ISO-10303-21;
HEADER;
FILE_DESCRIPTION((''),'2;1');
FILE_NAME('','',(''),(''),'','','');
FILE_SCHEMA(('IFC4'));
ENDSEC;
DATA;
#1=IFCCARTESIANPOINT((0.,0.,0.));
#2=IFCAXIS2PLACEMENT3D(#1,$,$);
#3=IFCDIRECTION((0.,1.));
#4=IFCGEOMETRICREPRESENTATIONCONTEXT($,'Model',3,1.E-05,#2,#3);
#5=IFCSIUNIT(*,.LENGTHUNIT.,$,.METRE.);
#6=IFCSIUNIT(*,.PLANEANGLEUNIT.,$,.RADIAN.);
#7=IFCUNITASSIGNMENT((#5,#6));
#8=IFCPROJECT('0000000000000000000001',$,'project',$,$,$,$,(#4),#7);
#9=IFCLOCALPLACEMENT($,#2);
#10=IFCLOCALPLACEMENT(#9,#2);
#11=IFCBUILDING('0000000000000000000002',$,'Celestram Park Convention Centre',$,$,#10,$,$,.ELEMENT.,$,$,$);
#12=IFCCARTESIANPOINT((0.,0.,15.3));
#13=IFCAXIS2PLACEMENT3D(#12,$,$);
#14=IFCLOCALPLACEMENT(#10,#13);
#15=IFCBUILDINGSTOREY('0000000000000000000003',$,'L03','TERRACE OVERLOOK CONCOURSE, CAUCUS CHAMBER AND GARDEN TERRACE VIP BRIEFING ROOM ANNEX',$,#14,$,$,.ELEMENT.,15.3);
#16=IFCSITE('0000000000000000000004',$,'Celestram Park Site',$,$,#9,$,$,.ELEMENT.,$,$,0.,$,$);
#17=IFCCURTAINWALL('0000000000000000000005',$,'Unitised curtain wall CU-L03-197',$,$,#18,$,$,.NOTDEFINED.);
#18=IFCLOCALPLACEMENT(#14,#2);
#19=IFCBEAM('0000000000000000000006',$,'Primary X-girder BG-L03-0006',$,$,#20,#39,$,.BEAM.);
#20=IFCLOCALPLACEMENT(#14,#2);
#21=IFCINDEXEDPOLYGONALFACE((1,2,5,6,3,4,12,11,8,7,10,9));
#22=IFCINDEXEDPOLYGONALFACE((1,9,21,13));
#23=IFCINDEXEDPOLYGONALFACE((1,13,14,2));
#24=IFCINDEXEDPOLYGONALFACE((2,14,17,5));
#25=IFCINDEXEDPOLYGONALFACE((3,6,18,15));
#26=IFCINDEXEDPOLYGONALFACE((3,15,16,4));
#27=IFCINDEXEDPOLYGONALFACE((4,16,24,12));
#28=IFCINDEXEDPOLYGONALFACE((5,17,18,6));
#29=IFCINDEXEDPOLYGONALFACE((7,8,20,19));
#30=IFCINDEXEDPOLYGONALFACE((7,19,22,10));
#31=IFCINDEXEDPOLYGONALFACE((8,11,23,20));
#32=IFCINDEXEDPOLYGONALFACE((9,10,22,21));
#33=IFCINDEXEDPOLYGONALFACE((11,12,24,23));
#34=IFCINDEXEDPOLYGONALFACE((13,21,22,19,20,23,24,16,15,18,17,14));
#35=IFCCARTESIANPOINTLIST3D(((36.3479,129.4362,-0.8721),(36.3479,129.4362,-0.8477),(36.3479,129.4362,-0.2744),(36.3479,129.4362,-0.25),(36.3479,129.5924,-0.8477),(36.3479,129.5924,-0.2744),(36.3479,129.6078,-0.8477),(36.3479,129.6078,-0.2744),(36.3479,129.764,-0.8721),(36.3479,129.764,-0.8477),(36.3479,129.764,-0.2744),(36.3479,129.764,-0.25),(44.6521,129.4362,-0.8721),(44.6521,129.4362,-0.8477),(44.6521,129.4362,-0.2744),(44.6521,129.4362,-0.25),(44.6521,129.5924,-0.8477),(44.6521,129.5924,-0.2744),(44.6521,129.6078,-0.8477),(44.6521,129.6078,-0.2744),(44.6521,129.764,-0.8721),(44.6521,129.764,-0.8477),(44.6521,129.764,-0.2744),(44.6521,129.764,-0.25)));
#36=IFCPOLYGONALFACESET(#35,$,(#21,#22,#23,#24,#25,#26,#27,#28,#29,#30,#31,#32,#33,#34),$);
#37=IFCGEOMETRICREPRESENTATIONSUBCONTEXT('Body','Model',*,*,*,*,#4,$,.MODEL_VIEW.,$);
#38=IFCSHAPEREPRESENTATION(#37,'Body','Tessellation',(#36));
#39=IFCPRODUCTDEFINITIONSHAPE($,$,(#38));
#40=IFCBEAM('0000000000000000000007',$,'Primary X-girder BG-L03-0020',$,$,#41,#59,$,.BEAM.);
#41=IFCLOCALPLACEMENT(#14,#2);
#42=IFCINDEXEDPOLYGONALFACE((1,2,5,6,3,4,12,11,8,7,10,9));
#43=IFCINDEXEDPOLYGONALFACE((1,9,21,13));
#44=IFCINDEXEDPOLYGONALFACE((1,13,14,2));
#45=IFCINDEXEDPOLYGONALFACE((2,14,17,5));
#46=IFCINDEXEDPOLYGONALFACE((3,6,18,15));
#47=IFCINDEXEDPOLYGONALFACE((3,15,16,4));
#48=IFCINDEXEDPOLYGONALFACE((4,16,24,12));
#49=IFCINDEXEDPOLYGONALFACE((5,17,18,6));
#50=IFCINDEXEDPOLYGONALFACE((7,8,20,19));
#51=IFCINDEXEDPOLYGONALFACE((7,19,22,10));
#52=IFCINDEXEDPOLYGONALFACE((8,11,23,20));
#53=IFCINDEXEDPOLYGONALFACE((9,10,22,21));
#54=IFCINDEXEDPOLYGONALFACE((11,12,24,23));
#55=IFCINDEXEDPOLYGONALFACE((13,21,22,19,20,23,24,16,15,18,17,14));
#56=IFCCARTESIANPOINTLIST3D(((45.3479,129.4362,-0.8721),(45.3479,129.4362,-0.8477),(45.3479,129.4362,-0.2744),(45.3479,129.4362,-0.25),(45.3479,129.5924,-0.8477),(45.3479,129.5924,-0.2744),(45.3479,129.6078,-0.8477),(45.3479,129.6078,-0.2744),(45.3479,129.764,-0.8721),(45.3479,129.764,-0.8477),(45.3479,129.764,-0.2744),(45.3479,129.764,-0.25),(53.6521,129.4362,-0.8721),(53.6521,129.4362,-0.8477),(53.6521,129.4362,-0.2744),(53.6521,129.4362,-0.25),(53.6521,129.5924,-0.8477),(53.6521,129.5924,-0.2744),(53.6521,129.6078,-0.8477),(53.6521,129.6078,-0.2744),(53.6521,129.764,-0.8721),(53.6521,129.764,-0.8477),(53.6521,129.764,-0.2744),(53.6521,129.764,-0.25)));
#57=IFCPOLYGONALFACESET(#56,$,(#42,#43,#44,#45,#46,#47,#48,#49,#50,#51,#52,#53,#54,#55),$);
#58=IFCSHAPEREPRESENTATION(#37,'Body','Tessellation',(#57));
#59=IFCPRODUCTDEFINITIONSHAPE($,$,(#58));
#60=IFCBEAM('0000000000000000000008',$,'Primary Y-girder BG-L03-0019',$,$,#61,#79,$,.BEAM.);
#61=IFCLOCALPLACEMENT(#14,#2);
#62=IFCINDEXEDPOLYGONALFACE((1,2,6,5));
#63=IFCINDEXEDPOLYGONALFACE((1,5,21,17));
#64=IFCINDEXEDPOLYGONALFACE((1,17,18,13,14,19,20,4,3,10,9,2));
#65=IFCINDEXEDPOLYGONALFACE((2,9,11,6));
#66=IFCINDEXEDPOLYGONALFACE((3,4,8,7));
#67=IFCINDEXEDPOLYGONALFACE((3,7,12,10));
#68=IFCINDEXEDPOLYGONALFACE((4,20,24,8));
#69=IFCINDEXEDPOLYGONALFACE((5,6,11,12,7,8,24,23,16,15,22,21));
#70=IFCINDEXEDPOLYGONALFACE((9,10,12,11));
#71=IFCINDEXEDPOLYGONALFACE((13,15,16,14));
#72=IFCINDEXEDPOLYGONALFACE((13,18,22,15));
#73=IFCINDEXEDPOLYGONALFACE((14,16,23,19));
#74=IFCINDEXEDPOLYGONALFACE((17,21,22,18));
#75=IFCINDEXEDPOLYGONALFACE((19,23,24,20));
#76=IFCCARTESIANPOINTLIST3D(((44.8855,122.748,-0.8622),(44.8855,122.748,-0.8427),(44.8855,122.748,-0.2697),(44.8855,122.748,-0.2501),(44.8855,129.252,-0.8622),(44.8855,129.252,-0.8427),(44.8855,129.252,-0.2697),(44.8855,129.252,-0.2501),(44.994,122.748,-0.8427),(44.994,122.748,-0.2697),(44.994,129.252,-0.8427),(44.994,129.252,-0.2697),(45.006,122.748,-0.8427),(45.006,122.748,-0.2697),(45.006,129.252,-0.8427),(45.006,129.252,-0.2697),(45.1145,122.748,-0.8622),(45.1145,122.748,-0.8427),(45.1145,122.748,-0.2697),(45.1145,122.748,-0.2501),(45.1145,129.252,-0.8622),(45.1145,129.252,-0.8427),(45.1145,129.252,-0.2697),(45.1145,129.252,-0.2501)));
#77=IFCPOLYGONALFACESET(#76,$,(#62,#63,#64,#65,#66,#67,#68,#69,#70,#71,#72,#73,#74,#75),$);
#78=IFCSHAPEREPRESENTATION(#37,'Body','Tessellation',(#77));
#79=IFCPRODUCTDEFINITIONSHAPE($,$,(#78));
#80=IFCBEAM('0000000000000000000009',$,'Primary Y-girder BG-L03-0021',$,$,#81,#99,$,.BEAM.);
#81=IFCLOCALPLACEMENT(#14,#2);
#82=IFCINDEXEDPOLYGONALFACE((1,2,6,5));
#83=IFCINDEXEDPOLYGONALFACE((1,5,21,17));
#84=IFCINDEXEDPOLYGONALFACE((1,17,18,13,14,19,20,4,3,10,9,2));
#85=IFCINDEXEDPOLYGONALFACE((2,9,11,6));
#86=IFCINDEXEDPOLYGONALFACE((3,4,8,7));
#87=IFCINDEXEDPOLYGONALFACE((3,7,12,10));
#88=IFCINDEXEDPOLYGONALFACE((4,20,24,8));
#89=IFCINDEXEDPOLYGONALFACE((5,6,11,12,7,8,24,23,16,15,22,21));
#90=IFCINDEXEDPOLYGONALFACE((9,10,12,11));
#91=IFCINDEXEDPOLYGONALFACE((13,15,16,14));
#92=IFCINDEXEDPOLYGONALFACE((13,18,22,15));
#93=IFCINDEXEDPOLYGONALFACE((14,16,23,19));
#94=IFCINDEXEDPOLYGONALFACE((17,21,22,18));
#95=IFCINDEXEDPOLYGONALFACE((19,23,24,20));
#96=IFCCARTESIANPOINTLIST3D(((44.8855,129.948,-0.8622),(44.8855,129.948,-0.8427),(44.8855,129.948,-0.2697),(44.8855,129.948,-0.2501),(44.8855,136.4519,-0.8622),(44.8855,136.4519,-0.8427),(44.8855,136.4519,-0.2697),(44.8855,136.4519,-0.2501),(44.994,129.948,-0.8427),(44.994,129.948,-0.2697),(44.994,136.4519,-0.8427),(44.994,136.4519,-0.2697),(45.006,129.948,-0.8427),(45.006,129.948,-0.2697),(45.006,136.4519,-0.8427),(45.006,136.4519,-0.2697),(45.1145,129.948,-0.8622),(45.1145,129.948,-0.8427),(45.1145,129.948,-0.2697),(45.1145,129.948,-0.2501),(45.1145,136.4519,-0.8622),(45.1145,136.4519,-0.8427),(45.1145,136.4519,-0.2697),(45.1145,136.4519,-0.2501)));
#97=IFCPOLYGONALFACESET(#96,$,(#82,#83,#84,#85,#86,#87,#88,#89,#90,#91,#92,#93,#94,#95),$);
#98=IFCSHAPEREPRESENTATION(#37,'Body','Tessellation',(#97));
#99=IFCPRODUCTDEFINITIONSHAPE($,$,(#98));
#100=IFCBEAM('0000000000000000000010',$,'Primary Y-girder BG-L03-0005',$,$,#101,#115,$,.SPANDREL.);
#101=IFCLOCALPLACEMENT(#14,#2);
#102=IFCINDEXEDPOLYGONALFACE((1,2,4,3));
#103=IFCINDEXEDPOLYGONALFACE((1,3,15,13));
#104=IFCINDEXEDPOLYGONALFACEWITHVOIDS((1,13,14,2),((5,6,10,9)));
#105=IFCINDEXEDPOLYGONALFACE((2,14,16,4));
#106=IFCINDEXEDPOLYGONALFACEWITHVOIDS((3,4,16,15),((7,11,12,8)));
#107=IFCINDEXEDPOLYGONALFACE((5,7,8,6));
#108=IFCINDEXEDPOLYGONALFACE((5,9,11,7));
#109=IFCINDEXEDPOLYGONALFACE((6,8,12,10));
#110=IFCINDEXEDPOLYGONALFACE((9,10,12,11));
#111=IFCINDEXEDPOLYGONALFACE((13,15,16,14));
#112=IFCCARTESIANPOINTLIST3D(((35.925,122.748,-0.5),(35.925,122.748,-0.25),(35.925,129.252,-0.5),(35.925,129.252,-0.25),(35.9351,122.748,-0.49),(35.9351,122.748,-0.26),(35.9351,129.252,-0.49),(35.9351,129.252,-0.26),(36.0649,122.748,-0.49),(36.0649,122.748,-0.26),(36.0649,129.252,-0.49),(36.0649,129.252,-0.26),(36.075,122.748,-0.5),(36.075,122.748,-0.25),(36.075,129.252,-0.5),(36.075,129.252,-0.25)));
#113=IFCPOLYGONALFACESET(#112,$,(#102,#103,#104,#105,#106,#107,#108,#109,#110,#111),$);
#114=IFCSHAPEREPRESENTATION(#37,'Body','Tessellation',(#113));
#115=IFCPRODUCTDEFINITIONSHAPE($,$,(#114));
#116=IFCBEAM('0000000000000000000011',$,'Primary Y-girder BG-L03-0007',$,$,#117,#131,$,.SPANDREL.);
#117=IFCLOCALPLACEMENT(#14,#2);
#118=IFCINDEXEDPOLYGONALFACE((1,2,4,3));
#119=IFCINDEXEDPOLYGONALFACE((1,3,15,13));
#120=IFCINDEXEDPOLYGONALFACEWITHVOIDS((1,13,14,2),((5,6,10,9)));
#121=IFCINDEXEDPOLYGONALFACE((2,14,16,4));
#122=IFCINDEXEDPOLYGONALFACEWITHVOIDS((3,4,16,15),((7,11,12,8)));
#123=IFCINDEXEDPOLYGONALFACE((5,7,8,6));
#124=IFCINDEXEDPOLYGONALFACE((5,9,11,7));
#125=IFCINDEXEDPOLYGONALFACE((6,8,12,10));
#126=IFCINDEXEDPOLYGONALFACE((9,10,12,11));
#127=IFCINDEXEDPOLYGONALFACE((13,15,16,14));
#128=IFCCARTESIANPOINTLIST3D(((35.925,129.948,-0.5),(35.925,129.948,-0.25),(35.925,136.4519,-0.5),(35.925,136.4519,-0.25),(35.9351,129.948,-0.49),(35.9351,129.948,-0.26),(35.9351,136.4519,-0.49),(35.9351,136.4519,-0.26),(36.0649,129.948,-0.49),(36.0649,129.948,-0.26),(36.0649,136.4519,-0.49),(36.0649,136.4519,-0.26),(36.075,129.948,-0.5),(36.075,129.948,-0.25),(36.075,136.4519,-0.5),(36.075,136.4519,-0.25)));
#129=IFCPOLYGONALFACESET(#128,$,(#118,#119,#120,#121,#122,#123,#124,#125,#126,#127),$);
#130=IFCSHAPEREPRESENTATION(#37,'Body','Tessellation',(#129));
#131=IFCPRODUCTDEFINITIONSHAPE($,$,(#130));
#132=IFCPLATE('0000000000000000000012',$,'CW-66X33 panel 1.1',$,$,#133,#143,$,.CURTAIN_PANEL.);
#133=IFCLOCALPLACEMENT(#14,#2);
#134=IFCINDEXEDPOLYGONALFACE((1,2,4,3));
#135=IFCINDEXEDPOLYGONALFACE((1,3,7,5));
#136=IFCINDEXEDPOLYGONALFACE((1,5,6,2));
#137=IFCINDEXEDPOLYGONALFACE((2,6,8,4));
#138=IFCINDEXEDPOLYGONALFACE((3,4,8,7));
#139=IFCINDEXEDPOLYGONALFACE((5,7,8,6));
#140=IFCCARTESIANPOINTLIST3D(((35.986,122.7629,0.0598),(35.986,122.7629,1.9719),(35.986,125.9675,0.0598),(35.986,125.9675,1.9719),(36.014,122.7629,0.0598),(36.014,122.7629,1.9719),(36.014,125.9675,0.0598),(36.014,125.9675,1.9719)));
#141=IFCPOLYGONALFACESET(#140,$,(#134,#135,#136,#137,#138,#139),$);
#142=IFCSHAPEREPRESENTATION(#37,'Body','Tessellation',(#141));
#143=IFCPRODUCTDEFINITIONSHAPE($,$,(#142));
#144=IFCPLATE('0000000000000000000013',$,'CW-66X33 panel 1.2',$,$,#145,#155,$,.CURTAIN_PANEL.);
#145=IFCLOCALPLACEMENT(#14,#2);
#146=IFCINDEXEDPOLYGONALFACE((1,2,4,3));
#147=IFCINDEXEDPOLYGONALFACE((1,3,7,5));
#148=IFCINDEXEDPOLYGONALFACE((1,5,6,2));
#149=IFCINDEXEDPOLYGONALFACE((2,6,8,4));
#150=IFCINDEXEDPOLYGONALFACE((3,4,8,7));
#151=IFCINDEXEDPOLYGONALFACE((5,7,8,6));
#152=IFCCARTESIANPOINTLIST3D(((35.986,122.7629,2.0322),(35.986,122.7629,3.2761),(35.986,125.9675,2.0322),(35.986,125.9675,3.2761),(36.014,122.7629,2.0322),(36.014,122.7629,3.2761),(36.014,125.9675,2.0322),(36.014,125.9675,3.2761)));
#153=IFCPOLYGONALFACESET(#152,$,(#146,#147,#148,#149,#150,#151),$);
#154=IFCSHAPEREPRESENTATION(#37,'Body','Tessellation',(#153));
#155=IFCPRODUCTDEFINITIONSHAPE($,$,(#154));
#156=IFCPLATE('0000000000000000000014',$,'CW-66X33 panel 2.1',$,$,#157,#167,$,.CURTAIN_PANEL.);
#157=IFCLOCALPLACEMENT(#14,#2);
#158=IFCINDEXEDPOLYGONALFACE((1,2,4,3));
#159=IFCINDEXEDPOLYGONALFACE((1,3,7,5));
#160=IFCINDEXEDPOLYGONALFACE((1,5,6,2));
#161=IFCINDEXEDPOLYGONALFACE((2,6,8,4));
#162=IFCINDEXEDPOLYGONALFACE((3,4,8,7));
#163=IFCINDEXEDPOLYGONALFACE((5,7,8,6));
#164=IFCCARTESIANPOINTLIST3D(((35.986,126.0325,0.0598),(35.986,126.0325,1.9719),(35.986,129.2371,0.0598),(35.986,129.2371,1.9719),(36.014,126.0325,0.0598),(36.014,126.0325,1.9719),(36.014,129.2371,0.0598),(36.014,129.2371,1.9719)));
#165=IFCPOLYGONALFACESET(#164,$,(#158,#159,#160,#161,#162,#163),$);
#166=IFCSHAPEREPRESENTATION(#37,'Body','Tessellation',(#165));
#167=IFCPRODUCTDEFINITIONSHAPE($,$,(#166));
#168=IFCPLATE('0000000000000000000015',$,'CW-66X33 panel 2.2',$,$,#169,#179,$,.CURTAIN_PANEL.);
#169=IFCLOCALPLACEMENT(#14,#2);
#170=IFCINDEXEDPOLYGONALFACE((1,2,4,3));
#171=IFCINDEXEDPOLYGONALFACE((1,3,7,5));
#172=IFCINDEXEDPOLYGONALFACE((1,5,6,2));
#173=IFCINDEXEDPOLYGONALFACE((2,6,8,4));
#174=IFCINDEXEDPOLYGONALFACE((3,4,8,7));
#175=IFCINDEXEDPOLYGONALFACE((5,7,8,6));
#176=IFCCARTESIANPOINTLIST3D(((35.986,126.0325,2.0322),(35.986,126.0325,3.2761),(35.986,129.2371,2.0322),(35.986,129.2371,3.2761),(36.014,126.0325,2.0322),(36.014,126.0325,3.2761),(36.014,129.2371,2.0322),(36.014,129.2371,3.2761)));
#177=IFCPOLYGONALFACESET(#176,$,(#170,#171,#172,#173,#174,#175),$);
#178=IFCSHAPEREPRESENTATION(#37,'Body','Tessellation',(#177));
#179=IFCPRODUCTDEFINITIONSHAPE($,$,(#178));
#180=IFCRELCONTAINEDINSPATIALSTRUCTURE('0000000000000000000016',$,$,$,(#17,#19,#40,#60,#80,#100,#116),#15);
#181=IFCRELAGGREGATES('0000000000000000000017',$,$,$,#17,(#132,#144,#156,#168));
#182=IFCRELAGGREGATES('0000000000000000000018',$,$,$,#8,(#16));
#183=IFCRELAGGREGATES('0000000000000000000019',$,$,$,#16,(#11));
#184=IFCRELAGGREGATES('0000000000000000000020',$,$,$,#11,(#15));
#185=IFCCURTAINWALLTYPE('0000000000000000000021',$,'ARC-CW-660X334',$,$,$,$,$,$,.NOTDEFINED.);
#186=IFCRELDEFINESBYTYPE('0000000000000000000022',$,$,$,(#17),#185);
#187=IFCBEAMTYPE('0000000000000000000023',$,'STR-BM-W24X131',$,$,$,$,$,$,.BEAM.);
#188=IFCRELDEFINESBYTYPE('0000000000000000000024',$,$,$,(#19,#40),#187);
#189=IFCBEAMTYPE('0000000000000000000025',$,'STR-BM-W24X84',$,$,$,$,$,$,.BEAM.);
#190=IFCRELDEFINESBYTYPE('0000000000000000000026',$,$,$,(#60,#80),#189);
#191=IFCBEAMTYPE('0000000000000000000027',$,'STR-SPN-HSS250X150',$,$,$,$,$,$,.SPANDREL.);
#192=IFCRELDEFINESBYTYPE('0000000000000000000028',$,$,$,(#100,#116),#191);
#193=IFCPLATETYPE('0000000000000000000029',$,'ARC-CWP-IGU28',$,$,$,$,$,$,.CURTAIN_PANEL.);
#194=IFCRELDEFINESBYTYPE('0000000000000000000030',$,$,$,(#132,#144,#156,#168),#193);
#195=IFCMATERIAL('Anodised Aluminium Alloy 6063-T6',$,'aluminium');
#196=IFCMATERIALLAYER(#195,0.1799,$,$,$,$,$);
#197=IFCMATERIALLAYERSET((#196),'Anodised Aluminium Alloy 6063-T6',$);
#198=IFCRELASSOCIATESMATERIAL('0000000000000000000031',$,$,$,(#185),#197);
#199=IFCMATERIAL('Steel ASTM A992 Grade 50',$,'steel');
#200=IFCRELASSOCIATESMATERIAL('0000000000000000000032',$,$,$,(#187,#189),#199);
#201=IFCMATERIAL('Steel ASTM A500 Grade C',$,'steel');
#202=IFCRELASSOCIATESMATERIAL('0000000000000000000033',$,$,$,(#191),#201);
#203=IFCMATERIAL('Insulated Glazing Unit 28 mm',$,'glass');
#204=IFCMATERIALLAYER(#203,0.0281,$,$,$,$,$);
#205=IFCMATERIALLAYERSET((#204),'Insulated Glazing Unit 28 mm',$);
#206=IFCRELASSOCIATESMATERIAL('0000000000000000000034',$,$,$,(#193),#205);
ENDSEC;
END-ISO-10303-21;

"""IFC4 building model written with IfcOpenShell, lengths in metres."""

from ifc_helpers import new_model, si_unit, direction, frame, origin, origin_2d, place, context, subcontext, project, spatial, rectangle, hollow_rectangle, i_section, extrude, material, layer, layer_set, material_profile, profile_set, type_object, element, aggregate, save


model = new_model("IFC4")

# Units and contexts
model_context = context("Model", 3, precision=1e-05, world=origin(), true_north=direction((0.0, 1.0)))
body_context = subcontext(model_context, "Body", "Model", "MODEL_VIEW")
ifc_project = project(units=[si_unit("LENGTHUNIT", "METRE"), si_unit("PLANEANGLEUNIT", "RADIAN")], contexts=[model_context])

# Site, building, storey
site_placement = place(None, origin())
site = spatial("IfcSite", under=ifc_project, at=site_placement, Name="Celestram Park Site", CompositionType="ELEMENT", RefElevation=0.0)
building_placement = place(site_placement, origin())
building = spatial("IfcBuilding", under=site, at=building_placement, Name="Celestram Park Convention Centre", CompositionType="ELEMENT")
storey_placement = place(building_placement, frame((0.0, 0.0, 15.3)))
storey = spatial("IfcBuildingStorey", under=building, at=storey_placement, Name="L03", Description="TERRACE OVERLOOK CONCOURSE, CAUCUS CHAMBER AND GARDEN TERRACE VIP BRIEFING ROOM ANNEX", CompositionType="ELEMENT", Elevation=15.3)

# Curtain wall
ifc_material_1 = material(Name="Anodised Aluminium Alloy 6063-T6", Category="aluminium")
ifc_layer_1 = layer(ifc_material_1, 0.1799)
ifc_layer_set_1 = layer_set([ifc_layer_1], Name="Anodised Aluminium Alloy 6063-T6")
curtain_wall_type = type_object("IfcCurtainWallType", Name="ARC-CW-660X334", PredefinedType="NOTDEFINED", material=ifc_layer_set_1)
curtain_wall_1_placement = place(storey_placement, origin())
curtain_wall_1 = element("IfcCurtainWall", 1, at=curtain_wall_1_placement, inside=storey, type_object=curtain_wall_type, Name="Unitised curtain wall CU-L03-197", PredefinedType="NOTDEFINED")

# Beams
ifc_material_2 = material(Name="Steel ASTM A992 Grade 50", Category="steel")
ifc_material_profile_1 = material_profile(ifc_material_2, i_section(OverallWidth=0.3279, OverallDepth=0.6221, WebThickness=0.0154, FlangeThickness=0.0244, at=origin_2d()), Name="W24X131")
ifc_profile_set_1 = profile_set([ifc_material_profile_1], Name="Steel ASTM A992 Grade 50")
beam_type_1 = type_object("IfcBeamType", Name="STR-BM-W24X131", PredefinedType="BEAM", material=ifc_profile_set_1)
for number, where, z_axis, x_axis, name in (
    (2, (36.3479, 129.6001, -0.561), (1.0, 0.0, 0.0), (0.0, 1.0, 0.0), "Primary X-girder BG-L03-0006"),
    (3, (45.3479, 129.6001, -0.561), (1.0, 0.0, 0.0), (0.0, 1.0, 0.0), "Primary X-girder BG-L03-0020"),
):
    element("IfcBeam", number, at=place(storey_placement, frame(where, z_axis=z_axis, x_axis=x_axis)), inside=storey, type_object=beam_type_1, Name=name, PredefinedType="BEAM", context=body_context, shape_type="SweptSolid", body=[
        extrude(i_section(OverallWidth=0.3279, OverallDepth=0.6221, WebThickness=0.0154, FlangeThickness=0.0244, at=origin_2d()), origin(), (0.0, 0.0, 1.0), 8.3042),
    ])
ifc_material_profile_2 = material_profile(ifc_material_2, i_section(OverallWidth=0.229, OverallDepth=0.6121, WebThickness=0.012, FlangeThickness=0.0195, at=origin_2d()), Name="W24X84")
ifc_profile_set_2 = profile_set([ifc_material_profile_2], Name="Steel ASTM A992 Grade 50")
beam_type_2 = type_object("IfcBeamType", Name="STR-BM-W24X84", PredefinedType="BEAM", material=ifc_profile_set_2)
for number, where, z_axis, x_axis, name in (
    (4, (45.0, 122.748, -0.5562), (0.0, 1.0, 0.0), (-1.0, 0.0, 0.0), "Primary Y-girder BG-L03-0019"),
    (5, (45.0, 129.948, -0.5562), (0.0, 1.0, 0.0), (-1.0, 0.0, 0.0), "Primary Y-girder BG-L03-0021"),
):
    element("IfcBeam", number, at=place(storey_placement, frame(where, z_axis=z_axis, x_axis=x_axis)), inside=storey, type_object=beam_type_2, Name=name, PredefinedType="BEAM", context=body_context, shape_type="SweptSolid", body=[
        extrude(i_section(OverallWidth=0.229, OverallDepth=0.6121, WebThickness=0.012, FlangeThickness=0.0195, at=origin_2d()), origin(), (0.0, 0.0, 1.0), 6.5039),
    ])
ifc_material_3 = material(Name="Steel ASTM A500 Grade C", Category="steel")
ifc_material_profile_3 = material_profile(ifc_material_3, hollow_rectangle(XDim=0.1499, YDim=0.25, WallThickness=0.01, at=origin_2d()), Name="HSS250X150X10")
ifc_profile_set_3 = profile_set([ifc_material_profile_3], Name="Steel ASTM A500 Grade C")
beam_type_3 = type_object("IfcBeamType", Name="STR-SPN-HSS250X150", PredefinedType="SPANDREL", material=ifc_profile_set_3)
for number, where, z_axis, x_axis, name in (
    (6, (36.0, 122.748, -0.375), (0.0, 1.0, 0.0), (-1.0, 0.0, 0.0), "Primary Y-girder BG-L03-0005"),
    (7, (36.0, 129.948, -0.375), (0.0, 1.0, 0.0), (-1.0, 0.0, 0.0), "Primary Y-girder BG-L03-0007"),
):
    element("IfcBeam", number, at=place(storey_placement, frame(where, z_axis=z_axis, x_axis=x_axis)), inside=storey, type_object=beam_type_3, Name=name, PredefinedType="SPANDREL", context=body_context, shape_type="SweptSolid", body=[
        extrude(hollow_rectangle(XDim=0.1499, YDim=0.25, WallThickness=0.01, at=origin_2d()), origin(), (0.0, 0.0, 1.0), 6.5039),
    ])

# Plates
ifc_material_4 = material(Name="Insulated Glazing Unit 28 mm", Category="glass")
ifc_layer_2 = layer(ifc_material_4, 0.0281)
ifc_layer_set_2 = layer_set([ifc_layer_2], Name="Insulated Glazing Unit 28 mm")
plate_type = type_object("IfcPlateType", Name="ARC-CWP-IGU28", PredefinedType="CURTAIN_PANEL", material=ifc_layer_set_2)
plate_1_placement = place(storey_placement, frame((36.0, 124.3652, 0.0598), z_axis=(0.0, 0.0, 1.0), x_axis=(0.0, 1.0, 0.0)))
plate_1 = element("IfcPlate", 8, at=plate_1_placement, type_object=plate_type, Name="CW-66X33 panel 1.1", PredefinedType="CURTAIN_PANEL", context=body_context, shape_type="SweptSolid", body=[
    extrude(rectangle(XDim=3.2046, YDim=0.0281, at=origin_2d()), origin(), (0.0, 0.0, 1.0), 1.9121),
])
plate_2_placement = place(storey_placement, frame((36.0, 124.3652, 2.0322), z_axis=(0.0, 0.0, 1.0), x_axis=(0.0, 1.0, 0.0)))
plate_2 = element("IfcPlate", 9, at=plate_2_placement, type_object=plate_type, Name="CW-66X33 panel 1.2", PredefinedType="CURTAIN_PANEL", context=body_context, shape_type="SweptSolid", body=[
    extrude(rectangle(XDim=3.2046, YDim=0.0281, at=origin_2d()), origin(), (0.0, 0.0, 1.0), 1.2439),
])
plate_3_placement = place(storey_placement, frame((36.0, 127.6348, 0.0598), z_axis=(0.0, 0.0, 1.0), x_axis=(0.0, 1.0, 0.0)))
plate_3 = element("IfcPlate", 10, at=plate_3_placement, type_object=plate_type, Name="CW-66X33 panel 2.1", PredefinedType="CURTAIN_PANEL", context=body_context, shape_type="SweptSolid", body=[
    extrude(rectangle(XDim=3.2046, YDim=0.0281, at=origin_2d()), origin(), (0.0, 0.0, 1.0), 1.9121),
])
plate_4_placement = place(storey_placement, frame((36.0, 127.6348, 2.0322), z_axis=(0.0, 0.0, 1.0), x_axis=(0.0, 1.0, 0.0)))
plate_4 = element("IfcPlate", 11, at=plate_4_placement, type_object=plate_type, Name="CW-66X33 panel 2.2", PredefinedType="CURTAIN_PANEL", context=body_context, shape_type="SweptSolid", body=[
    extrude(rectangle(XDim=3.2046, YDim=0.0281, at=origin_2d()), origin(), (0.0, 0.0, 1.0), 1.2439),
])
aggregate(curtain_wall_1, [plate_1, plate_2, plate_3, plate_4])

save(model, "model.ifc")
